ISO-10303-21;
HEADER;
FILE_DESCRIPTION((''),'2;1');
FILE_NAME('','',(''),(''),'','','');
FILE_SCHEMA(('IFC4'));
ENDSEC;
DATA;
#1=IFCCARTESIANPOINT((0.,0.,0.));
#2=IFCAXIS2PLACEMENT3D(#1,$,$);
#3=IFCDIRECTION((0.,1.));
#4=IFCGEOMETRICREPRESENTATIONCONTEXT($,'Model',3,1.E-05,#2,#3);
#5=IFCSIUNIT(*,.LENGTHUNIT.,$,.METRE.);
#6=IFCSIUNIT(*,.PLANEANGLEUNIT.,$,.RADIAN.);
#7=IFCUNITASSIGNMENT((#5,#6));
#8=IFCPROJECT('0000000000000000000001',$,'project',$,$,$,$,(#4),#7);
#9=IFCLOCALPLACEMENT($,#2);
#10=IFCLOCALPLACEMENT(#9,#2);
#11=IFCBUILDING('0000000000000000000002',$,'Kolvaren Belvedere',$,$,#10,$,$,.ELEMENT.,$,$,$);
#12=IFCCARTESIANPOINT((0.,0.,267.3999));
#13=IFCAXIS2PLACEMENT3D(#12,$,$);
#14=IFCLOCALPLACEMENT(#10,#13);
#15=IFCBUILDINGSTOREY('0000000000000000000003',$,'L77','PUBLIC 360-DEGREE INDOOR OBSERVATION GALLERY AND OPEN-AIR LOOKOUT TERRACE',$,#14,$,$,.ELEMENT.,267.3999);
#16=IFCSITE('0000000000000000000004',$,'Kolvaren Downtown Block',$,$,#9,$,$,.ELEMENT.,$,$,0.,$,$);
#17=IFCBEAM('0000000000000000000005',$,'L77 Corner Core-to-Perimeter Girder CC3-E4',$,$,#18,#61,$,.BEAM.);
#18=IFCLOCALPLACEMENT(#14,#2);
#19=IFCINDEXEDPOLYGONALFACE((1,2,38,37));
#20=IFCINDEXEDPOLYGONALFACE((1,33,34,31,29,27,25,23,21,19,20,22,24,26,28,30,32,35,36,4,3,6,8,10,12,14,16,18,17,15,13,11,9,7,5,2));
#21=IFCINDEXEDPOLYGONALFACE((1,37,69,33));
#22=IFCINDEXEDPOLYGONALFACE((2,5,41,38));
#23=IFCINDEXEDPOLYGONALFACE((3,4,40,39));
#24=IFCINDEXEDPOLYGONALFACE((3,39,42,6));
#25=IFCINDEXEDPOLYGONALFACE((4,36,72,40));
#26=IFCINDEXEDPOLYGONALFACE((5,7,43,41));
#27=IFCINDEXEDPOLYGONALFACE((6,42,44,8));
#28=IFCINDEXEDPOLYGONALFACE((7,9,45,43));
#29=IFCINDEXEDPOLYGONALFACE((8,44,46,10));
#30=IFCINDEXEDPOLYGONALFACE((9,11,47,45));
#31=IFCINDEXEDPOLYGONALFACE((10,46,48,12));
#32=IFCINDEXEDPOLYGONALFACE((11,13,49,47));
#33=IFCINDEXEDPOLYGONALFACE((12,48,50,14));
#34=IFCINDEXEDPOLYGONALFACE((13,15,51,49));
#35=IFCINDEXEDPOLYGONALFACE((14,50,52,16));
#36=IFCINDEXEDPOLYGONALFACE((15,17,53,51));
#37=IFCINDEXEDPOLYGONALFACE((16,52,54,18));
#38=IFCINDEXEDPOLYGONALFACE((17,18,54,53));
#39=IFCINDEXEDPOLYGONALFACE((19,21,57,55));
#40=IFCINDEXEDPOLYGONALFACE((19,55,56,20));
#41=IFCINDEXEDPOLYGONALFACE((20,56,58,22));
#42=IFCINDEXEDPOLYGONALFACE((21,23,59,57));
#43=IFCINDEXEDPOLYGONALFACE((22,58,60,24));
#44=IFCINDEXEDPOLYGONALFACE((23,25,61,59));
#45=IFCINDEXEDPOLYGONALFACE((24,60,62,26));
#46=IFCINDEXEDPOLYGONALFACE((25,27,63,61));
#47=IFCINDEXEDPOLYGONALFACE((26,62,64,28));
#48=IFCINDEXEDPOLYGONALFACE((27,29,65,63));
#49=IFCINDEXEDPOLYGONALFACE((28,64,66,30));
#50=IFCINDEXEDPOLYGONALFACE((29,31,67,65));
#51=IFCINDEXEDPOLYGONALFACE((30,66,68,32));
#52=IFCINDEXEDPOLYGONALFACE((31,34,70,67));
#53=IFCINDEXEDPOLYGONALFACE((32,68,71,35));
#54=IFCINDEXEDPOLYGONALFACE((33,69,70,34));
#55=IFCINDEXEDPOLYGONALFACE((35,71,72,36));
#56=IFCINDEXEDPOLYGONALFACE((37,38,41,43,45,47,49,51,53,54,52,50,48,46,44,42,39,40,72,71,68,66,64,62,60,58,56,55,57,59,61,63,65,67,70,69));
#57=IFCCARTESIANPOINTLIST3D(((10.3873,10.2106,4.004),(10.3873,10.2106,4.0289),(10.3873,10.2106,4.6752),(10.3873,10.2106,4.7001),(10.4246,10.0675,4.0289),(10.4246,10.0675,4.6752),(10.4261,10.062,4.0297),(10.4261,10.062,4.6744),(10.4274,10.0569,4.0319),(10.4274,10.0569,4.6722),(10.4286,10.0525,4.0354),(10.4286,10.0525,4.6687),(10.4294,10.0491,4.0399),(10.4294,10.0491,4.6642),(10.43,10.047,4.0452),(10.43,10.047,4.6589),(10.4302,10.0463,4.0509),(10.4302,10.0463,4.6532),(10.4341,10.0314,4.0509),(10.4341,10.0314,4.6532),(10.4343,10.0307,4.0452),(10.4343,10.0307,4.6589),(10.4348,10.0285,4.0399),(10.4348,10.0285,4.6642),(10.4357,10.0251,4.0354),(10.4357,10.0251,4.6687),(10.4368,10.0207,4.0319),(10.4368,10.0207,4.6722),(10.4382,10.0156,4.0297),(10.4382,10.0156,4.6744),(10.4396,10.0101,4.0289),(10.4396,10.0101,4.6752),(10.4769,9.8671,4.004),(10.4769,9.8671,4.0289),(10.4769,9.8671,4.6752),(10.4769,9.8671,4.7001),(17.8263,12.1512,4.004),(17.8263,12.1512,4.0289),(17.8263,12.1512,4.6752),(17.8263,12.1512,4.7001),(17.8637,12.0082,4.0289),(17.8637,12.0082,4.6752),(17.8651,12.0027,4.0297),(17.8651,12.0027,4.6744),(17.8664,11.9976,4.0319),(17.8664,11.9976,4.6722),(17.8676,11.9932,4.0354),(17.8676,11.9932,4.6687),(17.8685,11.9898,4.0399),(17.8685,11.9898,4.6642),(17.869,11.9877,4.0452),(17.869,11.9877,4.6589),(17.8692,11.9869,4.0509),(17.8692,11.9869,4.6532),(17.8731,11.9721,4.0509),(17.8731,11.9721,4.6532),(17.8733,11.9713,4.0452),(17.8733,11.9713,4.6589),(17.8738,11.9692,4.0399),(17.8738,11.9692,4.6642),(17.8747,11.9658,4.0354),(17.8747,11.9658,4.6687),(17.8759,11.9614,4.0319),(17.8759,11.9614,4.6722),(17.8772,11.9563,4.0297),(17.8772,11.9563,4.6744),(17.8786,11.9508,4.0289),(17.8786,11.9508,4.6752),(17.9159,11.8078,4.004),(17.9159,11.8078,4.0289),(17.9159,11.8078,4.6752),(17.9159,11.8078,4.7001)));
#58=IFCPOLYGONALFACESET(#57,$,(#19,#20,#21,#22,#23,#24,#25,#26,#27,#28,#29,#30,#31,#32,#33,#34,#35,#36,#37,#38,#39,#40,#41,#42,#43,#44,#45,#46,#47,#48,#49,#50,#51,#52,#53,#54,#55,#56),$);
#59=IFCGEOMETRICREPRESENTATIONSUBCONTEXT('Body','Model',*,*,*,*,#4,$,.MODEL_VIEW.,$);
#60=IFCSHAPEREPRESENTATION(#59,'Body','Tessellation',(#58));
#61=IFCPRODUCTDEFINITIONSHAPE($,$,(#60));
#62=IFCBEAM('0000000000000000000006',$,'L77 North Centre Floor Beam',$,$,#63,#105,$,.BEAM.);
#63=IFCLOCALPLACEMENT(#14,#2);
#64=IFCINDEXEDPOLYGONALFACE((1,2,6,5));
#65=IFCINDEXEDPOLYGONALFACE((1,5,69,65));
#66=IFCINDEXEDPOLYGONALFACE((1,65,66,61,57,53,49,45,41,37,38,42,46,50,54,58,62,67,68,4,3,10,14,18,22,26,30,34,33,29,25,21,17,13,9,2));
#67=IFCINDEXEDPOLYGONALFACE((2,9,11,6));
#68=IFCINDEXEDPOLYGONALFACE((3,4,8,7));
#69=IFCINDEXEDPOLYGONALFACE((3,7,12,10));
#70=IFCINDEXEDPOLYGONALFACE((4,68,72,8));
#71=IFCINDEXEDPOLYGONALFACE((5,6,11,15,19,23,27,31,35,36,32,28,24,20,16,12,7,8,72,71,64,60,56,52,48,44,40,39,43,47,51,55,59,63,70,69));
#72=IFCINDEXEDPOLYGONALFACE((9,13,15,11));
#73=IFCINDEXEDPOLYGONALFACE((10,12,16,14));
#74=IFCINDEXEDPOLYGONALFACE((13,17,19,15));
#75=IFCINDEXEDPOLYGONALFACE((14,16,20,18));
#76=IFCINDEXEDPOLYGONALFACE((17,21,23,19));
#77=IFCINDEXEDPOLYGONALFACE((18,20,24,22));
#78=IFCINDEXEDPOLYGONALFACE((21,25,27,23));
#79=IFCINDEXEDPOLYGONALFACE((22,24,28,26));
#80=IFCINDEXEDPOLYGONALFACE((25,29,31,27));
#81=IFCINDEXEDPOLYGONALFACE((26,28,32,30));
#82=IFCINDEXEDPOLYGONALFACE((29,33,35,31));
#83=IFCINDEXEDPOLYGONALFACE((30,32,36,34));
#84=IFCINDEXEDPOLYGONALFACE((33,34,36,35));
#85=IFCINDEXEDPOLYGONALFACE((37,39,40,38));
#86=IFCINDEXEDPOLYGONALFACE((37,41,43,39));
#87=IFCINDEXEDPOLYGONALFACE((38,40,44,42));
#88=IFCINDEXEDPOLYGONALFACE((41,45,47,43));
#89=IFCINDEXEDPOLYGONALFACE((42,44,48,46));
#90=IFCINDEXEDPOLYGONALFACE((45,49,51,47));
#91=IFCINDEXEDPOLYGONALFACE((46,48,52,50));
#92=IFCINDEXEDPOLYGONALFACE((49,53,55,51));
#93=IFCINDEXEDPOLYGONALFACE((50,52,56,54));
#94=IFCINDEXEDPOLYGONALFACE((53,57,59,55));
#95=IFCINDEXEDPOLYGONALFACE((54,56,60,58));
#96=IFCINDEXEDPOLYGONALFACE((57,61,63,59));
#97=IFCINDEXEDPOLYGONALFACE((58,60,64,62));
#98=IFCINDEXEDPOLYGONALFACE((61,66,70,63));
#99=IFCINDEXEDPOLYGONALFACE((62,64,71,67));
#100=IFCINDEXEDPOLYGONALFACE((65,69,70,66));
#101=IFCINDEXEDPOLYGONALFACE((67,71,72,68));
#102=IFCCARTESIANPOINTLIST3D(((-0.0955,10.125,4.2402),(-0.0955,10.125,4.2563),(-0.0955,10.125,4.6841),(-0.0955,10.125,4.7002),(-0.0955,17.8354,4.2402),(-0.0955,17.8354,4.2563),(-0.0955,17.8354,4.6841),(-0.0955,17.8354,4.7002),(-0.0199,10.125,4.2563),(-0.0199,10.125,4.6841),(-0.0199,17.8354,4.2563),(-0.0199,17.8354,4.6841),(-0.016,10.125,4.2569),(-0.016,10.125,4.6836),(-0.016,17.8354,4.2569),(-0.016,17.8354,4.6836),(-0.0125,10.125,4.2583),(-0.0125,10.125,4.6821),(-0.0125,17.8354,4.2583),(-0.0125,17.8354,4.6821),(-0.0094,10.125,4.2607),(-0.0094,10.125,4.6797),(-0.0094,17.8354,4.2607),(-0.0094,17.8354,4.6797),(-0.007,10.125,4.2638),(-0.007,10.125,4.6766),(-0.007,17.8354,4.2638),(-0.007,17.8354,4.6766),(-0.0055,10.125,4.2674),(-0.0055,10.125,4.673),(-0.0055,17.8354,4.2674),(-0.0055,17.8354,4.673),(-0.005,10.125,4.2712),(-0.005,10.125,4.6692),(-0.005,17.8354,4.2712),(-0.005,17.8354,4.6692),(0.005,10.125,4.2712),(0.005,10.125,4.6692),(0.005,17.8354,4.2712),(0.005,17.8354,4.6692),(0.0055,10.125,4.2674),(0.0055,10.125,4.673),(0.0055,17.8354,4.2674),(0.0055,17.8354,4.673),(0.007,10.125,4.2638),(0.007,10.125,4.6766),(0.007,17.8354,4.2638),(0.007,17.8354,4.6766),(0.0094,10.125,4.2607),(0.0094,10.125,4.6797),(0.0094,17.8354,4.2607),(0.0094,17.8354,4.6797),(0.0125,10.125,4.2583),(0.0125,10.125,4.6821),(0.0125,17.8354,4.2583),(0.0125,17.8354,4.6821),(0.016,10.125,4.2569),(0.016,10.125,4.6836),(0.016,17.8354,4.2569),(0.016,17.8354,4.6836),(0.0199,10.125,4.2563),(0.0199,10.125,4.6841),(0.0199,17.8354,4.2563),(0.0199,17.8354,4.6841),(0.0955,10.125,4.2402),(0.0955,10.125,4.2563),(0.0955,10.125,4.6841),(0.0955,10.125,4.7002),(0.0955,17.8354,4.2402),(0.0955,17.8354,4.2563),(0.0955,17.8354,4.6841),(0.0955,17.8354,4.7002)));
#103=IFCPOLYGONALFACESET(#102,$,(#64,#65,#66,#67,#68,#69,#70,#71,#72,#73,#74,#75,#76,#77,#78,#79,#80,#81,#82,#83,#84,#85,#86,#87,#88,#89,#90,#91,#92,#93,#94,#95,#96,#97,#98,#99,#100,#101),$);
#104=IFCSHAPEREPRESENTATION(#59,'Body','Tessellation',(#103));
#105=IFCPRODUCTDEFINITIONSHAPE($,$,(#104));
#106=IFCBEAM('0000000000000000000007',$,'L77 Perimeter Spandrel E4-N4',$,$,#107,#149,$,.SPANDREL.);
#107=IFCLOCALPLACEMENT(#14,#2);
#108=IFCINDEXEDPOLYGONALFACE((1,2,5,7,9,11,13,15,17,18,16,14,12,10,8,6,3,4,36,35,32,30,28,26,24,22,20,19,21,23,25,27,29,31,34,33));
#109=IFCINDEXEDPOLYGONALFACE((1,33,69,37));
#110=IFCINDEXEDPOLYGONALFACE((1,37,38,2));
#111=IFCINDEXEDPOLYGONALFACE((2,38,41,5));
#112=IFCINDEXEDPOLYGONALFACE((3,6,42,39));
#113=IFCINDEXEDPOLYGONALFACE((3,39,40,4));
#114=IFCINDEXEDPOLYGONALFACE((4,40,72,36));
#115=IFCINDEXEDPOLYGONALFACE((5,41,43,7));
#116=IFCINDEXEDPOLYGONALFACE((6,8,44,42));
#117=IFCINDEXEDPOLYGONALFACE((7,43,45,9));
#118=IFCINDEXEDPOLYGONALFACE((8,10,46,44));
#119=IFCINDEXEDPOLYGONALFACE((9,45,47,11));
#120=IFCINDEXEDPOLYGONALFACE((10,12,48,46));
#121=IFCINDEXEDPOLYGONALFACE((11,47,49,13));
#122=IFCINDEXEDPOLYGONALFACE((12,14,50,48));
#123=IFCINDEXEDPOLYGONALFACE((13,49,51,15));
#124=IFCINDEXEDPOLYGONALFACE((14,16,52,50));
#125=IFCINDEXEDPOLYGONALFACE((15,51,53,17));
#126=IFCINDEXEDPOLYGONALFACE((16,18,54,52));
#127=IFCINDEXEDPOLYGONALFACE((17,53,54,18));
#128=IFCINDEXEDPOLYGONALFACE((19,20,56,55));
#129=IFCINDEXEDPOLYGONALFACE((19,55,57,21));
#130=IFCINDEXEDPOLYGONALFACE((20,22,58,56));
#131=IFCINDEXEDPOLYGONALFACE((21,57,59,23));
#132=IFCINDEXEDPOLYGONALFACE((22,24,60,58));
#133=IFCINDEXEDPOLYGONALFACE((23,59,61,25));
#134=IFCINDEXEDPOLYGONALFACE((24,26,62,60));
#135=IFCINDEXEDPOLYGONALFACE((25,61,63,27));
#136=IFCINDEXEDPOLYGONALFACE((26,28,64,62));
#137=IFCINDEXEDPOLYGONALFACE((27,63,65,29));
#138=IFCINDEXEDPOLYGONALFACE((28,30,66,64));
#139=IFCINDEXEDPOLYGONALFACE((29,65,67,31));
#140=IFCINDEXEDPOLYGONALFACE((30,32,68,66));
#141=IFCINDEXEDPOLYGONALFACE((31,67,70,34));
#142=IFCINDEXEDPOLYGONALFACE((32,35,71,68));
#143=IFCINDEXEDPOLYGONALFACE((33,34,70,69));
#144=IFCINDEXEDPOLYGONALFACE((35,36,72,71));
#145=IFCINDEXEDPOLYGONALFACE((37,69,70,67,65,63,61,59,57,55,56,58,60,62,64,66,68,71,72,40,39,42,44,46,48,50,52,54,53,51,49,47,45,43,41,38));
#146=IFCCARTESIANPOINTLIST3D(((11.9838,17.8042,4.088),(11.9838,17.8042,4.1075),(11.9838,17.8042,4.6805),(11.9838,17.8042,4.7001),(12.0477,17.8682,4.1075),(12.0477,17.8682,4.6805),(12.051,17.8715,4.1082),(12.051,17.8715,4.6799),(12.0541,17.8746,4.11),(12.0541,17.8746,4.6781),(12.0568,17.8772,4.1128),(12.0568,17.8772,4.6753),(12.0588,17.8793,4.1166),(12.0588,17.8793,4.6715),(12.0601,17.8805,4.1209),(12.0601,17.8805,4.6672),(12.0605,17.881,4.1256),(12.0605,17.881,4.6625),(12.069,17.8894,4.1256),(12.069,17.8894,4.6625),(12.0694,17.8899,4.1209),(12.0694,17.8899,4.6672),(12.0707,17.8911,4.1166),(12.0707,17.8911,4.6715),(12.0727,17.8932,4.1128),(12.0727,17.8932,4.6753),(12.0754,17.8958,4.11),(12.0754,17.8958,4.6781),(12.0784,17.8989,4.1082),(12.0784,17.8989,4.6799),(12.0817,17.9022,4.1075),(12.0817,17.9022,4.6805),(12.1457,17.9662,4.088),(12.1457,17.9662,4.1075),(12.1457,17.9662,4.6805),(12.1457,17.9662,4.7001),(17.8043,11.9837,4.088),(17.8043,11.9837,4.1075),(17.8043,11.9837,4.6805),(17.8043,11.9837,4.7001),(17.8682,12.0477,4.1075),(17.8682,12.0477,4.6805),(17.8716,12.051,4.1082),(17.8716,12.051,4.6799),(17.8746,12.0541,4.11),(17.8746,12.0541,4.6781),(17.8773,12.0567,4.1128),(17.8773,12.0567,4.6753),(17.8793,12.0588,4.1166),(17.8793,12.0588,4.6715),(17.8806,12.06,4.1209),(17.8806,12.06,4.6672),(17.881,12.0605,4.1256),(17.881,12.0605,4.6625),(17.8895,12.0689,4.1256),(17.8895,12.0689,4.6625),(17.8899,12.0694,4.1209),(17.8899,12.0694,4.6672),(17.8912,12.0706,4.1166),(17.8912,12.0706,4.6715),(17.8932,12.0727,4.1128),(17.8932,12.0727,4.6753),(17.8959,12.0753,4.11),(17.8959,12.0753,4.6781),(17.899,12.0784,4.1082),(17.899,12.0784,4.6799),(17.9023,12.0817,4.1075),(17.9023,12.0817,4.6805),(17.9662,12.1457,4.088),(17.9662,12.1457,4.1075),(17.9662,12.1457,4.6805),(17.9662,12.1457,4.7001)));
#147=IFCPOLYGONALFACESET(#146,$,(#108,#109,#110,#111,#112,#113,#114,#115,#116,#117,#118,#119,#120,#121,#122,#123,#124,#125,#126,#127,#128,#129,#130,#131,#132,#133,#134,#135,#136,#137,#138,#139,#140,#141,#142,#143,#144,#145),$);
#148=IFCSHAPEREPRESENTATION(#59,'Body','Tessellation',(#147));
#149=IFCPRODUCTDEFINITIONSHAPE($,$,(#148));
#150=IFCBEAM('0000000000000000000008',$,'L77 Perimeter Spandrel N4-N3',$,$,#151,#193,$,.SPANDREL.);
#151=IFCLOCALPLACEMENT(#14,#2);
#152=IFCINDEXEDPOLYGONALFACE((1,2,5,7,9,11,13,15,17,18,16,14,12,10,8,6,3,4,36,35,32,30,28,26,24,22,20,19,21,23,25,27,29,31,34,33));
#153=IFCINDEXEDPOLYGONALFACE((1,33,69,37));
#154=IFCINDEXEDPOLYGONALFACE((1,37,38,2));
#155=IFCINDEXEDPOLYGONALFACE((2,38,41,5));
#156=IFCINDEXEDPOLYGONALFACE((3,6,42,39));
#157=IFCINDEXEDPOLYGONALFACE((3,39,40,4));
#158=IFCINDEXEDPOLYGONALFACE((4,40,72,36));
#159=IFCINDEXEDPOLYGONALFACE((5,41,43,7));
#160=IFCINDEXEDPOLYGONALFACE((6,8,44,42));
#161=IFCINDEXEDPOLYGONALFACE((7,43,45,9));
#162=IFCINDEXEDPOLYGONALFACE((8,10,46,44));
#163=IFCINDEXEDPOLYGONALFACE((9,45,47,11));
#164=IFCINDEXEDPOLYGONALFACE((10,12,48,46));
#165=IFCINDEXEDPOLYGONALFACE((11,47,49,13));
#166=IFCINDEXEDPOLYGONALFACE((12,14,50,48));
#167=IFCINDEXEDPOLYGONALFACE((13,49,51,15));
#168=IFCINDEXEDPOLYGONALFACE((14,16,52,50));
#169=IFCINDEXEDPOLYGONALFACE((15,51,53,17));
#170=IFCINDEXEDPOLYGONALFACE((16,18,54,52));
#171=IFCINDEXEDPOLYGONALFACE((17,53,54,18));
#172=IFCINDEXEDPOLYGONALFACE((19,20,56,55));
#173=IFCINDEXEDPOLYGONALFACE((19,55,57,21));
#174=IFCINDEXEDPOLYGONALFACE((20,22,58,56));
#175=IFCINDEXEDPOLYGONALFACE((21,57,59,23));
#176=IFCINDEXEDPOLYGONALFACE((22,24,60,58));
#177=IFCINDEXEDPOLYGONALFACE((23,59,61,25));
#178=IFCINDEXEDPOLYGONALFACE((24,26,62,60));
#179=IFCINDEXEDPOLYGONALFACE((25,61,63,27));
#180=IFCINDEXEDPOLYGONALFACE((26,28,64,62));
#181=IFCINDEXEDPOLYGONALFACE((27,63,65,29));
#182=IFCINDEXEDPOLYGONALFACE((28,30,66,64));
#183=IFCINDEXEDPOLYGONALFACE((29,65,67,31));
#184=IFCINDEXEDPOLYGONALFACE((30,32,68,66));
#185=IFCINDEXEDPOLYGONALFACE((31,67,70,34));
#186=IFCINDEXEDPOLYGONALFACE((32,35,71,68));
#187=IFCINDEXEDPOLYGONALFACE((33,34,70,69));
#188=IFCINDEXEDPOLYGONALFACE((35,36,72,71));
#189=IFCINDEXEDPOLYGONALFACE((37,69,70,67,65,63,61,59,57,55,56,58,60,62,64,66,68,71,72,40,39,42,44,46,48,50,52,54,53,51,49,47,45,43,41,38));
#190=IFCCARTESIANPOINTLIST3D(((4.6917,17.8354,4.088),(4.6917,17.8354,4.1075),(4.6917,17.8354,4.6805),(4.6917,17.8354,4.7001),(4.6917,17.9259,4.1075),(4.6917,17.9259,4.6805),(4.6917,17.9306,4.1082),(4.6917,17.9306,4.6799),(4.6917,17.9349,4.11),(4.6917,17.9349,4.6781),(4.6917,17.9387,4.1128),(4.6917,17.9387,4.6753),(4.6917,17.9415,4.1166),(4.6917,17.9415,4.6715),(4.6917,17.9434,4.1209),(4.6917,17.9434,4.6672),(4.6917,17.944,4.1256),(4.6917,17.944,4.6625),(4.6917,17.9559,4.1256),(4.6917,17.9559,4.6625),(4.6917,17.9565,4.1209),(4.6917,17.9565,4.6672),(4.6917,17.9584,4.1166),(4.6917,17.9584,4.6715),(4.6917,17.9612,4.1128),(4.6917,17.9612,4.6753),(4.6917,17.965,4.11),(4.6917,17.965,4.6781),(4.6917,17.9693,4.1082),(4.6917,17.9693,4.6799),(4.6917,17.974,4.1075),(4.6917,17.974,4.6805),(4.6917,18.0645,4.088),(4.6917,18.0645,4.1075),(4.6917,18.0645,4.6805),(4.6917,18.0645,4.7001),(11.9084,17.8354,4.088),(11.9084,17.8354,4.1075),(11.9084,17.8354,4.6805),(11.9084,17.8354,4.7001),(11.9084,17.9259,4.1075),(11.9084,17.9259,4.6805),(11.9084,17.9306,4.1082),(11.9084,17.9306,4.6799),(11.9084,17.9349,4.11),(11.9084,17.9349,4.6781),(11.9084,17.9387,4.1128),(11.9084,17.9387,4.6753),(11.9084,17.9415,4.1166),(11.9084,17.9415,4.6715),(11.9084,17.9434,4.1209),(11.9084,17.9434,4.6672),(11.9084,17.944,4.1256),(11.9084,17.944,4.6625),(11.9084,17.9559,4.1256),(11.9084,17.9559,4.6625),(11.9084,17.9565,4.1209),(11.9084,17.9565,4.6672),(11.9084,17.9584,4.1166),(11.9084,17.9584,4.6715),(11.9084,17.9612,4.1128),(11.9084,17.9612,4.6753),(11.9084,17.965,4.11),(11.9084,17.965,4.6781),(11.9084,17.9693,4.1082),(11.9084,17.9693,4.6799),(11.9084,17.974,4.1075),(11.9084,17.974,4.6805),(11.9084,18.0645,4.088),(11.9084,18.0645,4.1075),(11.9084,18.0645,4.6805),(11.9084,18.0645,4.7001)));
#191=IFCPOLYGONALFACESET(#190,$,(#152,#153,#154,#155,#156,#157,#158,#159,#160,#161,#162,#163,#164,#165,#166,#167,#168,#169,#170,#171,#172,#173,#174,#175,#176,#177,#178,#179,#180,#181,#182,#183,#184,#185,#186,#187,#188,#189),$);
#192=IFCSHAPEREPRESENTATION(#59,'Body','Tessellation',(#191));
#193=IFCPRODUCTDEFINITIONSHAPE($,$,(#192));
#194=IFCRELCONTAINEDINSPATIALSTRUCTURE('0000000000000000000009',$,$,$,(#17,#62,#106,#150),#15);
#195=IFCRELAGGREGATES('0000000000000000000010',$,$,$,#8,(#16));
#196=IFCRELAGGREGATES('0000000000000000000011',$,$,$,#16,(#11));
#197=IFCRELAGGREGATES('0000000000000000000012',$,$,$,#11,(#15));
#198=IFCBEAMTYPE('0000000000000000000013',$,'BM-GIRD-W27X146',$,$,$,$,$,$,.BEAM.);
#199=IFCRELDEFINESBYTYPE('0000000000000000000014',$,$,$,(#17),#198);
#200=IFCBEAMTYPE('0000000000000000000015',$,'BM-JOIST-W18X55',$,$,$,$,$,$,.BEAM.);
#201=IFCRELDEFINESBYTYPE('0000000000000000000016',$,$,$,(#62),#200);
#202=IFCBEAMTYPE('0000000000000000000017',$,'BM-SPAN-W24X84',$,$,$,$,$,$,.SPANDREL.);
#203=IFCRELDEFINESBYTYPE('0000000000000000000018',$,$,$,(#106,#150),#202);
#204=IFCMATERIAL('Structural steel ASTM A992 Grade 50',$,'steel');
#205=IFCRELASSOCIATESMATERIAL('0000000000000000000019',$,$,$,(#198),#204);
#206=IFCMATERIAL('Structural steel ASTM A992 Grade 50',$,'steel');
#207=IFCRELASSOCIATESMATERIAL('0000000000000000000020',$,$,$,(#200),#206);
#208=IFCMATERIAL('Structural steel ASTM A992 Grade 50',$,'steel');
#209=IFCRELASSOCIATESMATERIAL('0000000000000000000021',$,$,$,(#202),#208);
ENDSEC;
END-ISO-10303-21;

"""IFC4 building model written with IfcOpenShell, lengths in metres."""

from ifc_helpers import new_model, si_unit, direction, frame, origin, origin_2d, place, context, subcontext, project, spatial, i_section, extrude, material, material_profile, profile_set, type_object, element, save


model = new_model("IFC4")

# Units and contexts
model_context = context("Model", 3, precision=1e-05, world=origin(), true_north=direction((0.0, 1.0)))
body_context = subcontext(model_context, "Body", "Model", "MODEL_VIEW")
ifc_project = project(units=[si_unit("LENGTHUNIT", "METRE"), si_unit("PLANEANGLEUNIT", "RADIAN")], contexts=[model_context])

# Site, building, storey
site_placement = place(None, origin())
site = spatial("IfcSite", under=ifc_project, at=site_placement, Name="Kolvaren Downtown Block", CompositionType="ELEMENT", RefElevation=0.0)
building_placement = place(site_placement, origin())
building = spatial("IfcBuilding", under=site, at=building_placement, Name="Kolvaren Belvedere", CompositionType="ELEMENT")
storey_placement = place(building_placement, frame((0.0, 0.0, 267.3999)))
storey = spatial("IfcBuildingStorey", under=building, at=storey_placement, Name="L77", Description="PUBLIC 360-DEGREE INDOOR OBSERVATION GALLERY AND OPEN-AIR LOOKOUT TERRACE", CompositionType="ELEMENT", Elevation=267.3999)

# Beams
ifc_material_1 = material(Name="Structural steel ASTM A992 Grade 50", Category="steel")
ifc_material_profile_1 = material_profile(ifc_material_1, i_section(OverallWidth=0.355, OverallDepth=0.696, WebThickness=0.0154, FlangeThickness=0.0249, FilletRadius=0.022, at=origin_2d()), Name="W27X146")
ifc_profile_set_1 = profile_set([ifc_material_profile_1], Name="Structural steel ASTM A992 Grade 50")
beam_type_1 = type_object("IfcBeamType", Name="BM-GIRD-W27X146", PredefinedType="BEAM", material=ifc_profile_set_1)
for number, where, z_axis, x_axis, name in (
    (1, (10.4321, 10.0388, 4.3521), (0.967615, 0.252431, 0.0), (-0.252431, 0.967615, 0.0), "L77 Corner Core-to-Perimeter Girder CC3-E4"),
):
    element("IfcBeam", number, at=place(storey_placement, frame(where, z_axis=z_axis, x_axis=x_axis)), inside=storey, type_object=beam_type_1, Name=name, PredefinedType="BEAM", context=body_context, shape_type="SweptSolid", body=[
        extrude(i_section(OverallWidth=0.355, OverallDepth=0.696, WebThickness=0.0154, FlangeThickness=0.0249, FilletRadius=0.022, at=origin_2d()), origin(), (0.0, 0.0, 1.0), 7.688),
    ])
ifc_material_2 = material(Name="Structural steel ASTM A992 Grade 50", Category="steel")
ifc_material_profile_2 = material_profile(ifc_material_2, i_section(OverallWidth=0.1909, OverallDepth=0.46, WebThickness=0.01, FlangeThickness=0.0161, FilletRadius=0.0149, at=origin_2d()), Name="W18X55")
ifc_profile_set_2 = profile_set([ifc_material_profile_2], Name="Structural steel ASTM A992 Grade 50")
beam_type_2 = type_object("IfcBeamType", Name="BM-JOIST-W18X55", PredefinedType="BEAM", material=ifc_profile_set_2)
beam_1_placement = place(storey_placement, frame((0.0, 10.125, 4.4702), z_axis=(0.0, 1.0, 0.0), x_axis=(-1.0, 0.0, 0.0)))
element("IfcBeam", 2, at=beam_1_placement, inside=storey, type_object=beam_type_2, Name="L77 North Centre Floor Beam", PredefinedType="BEAM", context=body_context, shape_type="SweptSolid", body=[
    extrude(i_section(OverallWidth=0.1909, OverallDepth=0.46, WebThickness=0.01, FlangeThickness=0.0161, FilletRadius=0.0149, at=origin_2d()), origin(), (0.0, 0.0, 1.0), 7.7104),
])
ifc_material_3 = material(Name="Structural steel ASTM A992 Grade 50", Category="steel")
ifc_material_profile_3 = material_profile(ifc_material_3, i_section(OverallWidth=0.229, OverallDepth=0.6121, WebThickness=0.012, FlangeThickness=0.0195, FilletRadius=0.0181, at=origin_2d()), Name="W24X84")
ifc_profile_set_3 = profile_set([ifc_material_profile_3], Name="Structural steel ASTM A992 Grade 50")
beam_type_3 = type_object("IfcBeamType", Name="BM-SPAN-W24X84", PredefinedType="SPANDREL", material=ifc_profile_set_3)
beam_2_placement = place(storey_placement, frame((17.8853, 12.0647, 4.394), z_axis=(-0.707107, 0.707107, 0.0), x_axis=(-0.707107, -0.707107, 0.0)))
element("IfcBeam", 3, at=beam_2_placement, inside=storey, type_object=beam_type_3, Name="L77 Perimeter Spandrel E4-N4", PredefinedType="SPANDREL", context=body_context, shape_type="SweptSolid", body=[
    extrude(i_section(OverallWidth=0.229, OverallDepth=0.6121, WebThickness=0.012, FlangeThickness=0.0195, FilletRadius=0.0181, at=origin_2d()), origin(), (0.0, 0.0, 1.0), 8.2314),
])
beam_3_placement = place(storey_placement, frame((11.9084, 17.95, 4.394), z_axis=(-1.0, 0.0, 0.0), x_axis=(0.0, -1.0, 0.0)))
element("IfcBeam", 4, at=beam_3_placement, inside=storey, type_object=beam_type_3, Name="L77 Perimeter Spandrel N4-N3", PredefinedType="SPANDREL", context=body_context, shape_type="SweptSolid", body=[
    extrude(i_section(OverallWidth=0.229, OverallDepth=0.6121, WebThickness=0.012, FlangeThickness=0.0195, FilletRadius=0.0181, at=origin_2d()), origin(), (0.0, 0.0, 1.0), 7.2168),
])

save(model, "model.ifc")
